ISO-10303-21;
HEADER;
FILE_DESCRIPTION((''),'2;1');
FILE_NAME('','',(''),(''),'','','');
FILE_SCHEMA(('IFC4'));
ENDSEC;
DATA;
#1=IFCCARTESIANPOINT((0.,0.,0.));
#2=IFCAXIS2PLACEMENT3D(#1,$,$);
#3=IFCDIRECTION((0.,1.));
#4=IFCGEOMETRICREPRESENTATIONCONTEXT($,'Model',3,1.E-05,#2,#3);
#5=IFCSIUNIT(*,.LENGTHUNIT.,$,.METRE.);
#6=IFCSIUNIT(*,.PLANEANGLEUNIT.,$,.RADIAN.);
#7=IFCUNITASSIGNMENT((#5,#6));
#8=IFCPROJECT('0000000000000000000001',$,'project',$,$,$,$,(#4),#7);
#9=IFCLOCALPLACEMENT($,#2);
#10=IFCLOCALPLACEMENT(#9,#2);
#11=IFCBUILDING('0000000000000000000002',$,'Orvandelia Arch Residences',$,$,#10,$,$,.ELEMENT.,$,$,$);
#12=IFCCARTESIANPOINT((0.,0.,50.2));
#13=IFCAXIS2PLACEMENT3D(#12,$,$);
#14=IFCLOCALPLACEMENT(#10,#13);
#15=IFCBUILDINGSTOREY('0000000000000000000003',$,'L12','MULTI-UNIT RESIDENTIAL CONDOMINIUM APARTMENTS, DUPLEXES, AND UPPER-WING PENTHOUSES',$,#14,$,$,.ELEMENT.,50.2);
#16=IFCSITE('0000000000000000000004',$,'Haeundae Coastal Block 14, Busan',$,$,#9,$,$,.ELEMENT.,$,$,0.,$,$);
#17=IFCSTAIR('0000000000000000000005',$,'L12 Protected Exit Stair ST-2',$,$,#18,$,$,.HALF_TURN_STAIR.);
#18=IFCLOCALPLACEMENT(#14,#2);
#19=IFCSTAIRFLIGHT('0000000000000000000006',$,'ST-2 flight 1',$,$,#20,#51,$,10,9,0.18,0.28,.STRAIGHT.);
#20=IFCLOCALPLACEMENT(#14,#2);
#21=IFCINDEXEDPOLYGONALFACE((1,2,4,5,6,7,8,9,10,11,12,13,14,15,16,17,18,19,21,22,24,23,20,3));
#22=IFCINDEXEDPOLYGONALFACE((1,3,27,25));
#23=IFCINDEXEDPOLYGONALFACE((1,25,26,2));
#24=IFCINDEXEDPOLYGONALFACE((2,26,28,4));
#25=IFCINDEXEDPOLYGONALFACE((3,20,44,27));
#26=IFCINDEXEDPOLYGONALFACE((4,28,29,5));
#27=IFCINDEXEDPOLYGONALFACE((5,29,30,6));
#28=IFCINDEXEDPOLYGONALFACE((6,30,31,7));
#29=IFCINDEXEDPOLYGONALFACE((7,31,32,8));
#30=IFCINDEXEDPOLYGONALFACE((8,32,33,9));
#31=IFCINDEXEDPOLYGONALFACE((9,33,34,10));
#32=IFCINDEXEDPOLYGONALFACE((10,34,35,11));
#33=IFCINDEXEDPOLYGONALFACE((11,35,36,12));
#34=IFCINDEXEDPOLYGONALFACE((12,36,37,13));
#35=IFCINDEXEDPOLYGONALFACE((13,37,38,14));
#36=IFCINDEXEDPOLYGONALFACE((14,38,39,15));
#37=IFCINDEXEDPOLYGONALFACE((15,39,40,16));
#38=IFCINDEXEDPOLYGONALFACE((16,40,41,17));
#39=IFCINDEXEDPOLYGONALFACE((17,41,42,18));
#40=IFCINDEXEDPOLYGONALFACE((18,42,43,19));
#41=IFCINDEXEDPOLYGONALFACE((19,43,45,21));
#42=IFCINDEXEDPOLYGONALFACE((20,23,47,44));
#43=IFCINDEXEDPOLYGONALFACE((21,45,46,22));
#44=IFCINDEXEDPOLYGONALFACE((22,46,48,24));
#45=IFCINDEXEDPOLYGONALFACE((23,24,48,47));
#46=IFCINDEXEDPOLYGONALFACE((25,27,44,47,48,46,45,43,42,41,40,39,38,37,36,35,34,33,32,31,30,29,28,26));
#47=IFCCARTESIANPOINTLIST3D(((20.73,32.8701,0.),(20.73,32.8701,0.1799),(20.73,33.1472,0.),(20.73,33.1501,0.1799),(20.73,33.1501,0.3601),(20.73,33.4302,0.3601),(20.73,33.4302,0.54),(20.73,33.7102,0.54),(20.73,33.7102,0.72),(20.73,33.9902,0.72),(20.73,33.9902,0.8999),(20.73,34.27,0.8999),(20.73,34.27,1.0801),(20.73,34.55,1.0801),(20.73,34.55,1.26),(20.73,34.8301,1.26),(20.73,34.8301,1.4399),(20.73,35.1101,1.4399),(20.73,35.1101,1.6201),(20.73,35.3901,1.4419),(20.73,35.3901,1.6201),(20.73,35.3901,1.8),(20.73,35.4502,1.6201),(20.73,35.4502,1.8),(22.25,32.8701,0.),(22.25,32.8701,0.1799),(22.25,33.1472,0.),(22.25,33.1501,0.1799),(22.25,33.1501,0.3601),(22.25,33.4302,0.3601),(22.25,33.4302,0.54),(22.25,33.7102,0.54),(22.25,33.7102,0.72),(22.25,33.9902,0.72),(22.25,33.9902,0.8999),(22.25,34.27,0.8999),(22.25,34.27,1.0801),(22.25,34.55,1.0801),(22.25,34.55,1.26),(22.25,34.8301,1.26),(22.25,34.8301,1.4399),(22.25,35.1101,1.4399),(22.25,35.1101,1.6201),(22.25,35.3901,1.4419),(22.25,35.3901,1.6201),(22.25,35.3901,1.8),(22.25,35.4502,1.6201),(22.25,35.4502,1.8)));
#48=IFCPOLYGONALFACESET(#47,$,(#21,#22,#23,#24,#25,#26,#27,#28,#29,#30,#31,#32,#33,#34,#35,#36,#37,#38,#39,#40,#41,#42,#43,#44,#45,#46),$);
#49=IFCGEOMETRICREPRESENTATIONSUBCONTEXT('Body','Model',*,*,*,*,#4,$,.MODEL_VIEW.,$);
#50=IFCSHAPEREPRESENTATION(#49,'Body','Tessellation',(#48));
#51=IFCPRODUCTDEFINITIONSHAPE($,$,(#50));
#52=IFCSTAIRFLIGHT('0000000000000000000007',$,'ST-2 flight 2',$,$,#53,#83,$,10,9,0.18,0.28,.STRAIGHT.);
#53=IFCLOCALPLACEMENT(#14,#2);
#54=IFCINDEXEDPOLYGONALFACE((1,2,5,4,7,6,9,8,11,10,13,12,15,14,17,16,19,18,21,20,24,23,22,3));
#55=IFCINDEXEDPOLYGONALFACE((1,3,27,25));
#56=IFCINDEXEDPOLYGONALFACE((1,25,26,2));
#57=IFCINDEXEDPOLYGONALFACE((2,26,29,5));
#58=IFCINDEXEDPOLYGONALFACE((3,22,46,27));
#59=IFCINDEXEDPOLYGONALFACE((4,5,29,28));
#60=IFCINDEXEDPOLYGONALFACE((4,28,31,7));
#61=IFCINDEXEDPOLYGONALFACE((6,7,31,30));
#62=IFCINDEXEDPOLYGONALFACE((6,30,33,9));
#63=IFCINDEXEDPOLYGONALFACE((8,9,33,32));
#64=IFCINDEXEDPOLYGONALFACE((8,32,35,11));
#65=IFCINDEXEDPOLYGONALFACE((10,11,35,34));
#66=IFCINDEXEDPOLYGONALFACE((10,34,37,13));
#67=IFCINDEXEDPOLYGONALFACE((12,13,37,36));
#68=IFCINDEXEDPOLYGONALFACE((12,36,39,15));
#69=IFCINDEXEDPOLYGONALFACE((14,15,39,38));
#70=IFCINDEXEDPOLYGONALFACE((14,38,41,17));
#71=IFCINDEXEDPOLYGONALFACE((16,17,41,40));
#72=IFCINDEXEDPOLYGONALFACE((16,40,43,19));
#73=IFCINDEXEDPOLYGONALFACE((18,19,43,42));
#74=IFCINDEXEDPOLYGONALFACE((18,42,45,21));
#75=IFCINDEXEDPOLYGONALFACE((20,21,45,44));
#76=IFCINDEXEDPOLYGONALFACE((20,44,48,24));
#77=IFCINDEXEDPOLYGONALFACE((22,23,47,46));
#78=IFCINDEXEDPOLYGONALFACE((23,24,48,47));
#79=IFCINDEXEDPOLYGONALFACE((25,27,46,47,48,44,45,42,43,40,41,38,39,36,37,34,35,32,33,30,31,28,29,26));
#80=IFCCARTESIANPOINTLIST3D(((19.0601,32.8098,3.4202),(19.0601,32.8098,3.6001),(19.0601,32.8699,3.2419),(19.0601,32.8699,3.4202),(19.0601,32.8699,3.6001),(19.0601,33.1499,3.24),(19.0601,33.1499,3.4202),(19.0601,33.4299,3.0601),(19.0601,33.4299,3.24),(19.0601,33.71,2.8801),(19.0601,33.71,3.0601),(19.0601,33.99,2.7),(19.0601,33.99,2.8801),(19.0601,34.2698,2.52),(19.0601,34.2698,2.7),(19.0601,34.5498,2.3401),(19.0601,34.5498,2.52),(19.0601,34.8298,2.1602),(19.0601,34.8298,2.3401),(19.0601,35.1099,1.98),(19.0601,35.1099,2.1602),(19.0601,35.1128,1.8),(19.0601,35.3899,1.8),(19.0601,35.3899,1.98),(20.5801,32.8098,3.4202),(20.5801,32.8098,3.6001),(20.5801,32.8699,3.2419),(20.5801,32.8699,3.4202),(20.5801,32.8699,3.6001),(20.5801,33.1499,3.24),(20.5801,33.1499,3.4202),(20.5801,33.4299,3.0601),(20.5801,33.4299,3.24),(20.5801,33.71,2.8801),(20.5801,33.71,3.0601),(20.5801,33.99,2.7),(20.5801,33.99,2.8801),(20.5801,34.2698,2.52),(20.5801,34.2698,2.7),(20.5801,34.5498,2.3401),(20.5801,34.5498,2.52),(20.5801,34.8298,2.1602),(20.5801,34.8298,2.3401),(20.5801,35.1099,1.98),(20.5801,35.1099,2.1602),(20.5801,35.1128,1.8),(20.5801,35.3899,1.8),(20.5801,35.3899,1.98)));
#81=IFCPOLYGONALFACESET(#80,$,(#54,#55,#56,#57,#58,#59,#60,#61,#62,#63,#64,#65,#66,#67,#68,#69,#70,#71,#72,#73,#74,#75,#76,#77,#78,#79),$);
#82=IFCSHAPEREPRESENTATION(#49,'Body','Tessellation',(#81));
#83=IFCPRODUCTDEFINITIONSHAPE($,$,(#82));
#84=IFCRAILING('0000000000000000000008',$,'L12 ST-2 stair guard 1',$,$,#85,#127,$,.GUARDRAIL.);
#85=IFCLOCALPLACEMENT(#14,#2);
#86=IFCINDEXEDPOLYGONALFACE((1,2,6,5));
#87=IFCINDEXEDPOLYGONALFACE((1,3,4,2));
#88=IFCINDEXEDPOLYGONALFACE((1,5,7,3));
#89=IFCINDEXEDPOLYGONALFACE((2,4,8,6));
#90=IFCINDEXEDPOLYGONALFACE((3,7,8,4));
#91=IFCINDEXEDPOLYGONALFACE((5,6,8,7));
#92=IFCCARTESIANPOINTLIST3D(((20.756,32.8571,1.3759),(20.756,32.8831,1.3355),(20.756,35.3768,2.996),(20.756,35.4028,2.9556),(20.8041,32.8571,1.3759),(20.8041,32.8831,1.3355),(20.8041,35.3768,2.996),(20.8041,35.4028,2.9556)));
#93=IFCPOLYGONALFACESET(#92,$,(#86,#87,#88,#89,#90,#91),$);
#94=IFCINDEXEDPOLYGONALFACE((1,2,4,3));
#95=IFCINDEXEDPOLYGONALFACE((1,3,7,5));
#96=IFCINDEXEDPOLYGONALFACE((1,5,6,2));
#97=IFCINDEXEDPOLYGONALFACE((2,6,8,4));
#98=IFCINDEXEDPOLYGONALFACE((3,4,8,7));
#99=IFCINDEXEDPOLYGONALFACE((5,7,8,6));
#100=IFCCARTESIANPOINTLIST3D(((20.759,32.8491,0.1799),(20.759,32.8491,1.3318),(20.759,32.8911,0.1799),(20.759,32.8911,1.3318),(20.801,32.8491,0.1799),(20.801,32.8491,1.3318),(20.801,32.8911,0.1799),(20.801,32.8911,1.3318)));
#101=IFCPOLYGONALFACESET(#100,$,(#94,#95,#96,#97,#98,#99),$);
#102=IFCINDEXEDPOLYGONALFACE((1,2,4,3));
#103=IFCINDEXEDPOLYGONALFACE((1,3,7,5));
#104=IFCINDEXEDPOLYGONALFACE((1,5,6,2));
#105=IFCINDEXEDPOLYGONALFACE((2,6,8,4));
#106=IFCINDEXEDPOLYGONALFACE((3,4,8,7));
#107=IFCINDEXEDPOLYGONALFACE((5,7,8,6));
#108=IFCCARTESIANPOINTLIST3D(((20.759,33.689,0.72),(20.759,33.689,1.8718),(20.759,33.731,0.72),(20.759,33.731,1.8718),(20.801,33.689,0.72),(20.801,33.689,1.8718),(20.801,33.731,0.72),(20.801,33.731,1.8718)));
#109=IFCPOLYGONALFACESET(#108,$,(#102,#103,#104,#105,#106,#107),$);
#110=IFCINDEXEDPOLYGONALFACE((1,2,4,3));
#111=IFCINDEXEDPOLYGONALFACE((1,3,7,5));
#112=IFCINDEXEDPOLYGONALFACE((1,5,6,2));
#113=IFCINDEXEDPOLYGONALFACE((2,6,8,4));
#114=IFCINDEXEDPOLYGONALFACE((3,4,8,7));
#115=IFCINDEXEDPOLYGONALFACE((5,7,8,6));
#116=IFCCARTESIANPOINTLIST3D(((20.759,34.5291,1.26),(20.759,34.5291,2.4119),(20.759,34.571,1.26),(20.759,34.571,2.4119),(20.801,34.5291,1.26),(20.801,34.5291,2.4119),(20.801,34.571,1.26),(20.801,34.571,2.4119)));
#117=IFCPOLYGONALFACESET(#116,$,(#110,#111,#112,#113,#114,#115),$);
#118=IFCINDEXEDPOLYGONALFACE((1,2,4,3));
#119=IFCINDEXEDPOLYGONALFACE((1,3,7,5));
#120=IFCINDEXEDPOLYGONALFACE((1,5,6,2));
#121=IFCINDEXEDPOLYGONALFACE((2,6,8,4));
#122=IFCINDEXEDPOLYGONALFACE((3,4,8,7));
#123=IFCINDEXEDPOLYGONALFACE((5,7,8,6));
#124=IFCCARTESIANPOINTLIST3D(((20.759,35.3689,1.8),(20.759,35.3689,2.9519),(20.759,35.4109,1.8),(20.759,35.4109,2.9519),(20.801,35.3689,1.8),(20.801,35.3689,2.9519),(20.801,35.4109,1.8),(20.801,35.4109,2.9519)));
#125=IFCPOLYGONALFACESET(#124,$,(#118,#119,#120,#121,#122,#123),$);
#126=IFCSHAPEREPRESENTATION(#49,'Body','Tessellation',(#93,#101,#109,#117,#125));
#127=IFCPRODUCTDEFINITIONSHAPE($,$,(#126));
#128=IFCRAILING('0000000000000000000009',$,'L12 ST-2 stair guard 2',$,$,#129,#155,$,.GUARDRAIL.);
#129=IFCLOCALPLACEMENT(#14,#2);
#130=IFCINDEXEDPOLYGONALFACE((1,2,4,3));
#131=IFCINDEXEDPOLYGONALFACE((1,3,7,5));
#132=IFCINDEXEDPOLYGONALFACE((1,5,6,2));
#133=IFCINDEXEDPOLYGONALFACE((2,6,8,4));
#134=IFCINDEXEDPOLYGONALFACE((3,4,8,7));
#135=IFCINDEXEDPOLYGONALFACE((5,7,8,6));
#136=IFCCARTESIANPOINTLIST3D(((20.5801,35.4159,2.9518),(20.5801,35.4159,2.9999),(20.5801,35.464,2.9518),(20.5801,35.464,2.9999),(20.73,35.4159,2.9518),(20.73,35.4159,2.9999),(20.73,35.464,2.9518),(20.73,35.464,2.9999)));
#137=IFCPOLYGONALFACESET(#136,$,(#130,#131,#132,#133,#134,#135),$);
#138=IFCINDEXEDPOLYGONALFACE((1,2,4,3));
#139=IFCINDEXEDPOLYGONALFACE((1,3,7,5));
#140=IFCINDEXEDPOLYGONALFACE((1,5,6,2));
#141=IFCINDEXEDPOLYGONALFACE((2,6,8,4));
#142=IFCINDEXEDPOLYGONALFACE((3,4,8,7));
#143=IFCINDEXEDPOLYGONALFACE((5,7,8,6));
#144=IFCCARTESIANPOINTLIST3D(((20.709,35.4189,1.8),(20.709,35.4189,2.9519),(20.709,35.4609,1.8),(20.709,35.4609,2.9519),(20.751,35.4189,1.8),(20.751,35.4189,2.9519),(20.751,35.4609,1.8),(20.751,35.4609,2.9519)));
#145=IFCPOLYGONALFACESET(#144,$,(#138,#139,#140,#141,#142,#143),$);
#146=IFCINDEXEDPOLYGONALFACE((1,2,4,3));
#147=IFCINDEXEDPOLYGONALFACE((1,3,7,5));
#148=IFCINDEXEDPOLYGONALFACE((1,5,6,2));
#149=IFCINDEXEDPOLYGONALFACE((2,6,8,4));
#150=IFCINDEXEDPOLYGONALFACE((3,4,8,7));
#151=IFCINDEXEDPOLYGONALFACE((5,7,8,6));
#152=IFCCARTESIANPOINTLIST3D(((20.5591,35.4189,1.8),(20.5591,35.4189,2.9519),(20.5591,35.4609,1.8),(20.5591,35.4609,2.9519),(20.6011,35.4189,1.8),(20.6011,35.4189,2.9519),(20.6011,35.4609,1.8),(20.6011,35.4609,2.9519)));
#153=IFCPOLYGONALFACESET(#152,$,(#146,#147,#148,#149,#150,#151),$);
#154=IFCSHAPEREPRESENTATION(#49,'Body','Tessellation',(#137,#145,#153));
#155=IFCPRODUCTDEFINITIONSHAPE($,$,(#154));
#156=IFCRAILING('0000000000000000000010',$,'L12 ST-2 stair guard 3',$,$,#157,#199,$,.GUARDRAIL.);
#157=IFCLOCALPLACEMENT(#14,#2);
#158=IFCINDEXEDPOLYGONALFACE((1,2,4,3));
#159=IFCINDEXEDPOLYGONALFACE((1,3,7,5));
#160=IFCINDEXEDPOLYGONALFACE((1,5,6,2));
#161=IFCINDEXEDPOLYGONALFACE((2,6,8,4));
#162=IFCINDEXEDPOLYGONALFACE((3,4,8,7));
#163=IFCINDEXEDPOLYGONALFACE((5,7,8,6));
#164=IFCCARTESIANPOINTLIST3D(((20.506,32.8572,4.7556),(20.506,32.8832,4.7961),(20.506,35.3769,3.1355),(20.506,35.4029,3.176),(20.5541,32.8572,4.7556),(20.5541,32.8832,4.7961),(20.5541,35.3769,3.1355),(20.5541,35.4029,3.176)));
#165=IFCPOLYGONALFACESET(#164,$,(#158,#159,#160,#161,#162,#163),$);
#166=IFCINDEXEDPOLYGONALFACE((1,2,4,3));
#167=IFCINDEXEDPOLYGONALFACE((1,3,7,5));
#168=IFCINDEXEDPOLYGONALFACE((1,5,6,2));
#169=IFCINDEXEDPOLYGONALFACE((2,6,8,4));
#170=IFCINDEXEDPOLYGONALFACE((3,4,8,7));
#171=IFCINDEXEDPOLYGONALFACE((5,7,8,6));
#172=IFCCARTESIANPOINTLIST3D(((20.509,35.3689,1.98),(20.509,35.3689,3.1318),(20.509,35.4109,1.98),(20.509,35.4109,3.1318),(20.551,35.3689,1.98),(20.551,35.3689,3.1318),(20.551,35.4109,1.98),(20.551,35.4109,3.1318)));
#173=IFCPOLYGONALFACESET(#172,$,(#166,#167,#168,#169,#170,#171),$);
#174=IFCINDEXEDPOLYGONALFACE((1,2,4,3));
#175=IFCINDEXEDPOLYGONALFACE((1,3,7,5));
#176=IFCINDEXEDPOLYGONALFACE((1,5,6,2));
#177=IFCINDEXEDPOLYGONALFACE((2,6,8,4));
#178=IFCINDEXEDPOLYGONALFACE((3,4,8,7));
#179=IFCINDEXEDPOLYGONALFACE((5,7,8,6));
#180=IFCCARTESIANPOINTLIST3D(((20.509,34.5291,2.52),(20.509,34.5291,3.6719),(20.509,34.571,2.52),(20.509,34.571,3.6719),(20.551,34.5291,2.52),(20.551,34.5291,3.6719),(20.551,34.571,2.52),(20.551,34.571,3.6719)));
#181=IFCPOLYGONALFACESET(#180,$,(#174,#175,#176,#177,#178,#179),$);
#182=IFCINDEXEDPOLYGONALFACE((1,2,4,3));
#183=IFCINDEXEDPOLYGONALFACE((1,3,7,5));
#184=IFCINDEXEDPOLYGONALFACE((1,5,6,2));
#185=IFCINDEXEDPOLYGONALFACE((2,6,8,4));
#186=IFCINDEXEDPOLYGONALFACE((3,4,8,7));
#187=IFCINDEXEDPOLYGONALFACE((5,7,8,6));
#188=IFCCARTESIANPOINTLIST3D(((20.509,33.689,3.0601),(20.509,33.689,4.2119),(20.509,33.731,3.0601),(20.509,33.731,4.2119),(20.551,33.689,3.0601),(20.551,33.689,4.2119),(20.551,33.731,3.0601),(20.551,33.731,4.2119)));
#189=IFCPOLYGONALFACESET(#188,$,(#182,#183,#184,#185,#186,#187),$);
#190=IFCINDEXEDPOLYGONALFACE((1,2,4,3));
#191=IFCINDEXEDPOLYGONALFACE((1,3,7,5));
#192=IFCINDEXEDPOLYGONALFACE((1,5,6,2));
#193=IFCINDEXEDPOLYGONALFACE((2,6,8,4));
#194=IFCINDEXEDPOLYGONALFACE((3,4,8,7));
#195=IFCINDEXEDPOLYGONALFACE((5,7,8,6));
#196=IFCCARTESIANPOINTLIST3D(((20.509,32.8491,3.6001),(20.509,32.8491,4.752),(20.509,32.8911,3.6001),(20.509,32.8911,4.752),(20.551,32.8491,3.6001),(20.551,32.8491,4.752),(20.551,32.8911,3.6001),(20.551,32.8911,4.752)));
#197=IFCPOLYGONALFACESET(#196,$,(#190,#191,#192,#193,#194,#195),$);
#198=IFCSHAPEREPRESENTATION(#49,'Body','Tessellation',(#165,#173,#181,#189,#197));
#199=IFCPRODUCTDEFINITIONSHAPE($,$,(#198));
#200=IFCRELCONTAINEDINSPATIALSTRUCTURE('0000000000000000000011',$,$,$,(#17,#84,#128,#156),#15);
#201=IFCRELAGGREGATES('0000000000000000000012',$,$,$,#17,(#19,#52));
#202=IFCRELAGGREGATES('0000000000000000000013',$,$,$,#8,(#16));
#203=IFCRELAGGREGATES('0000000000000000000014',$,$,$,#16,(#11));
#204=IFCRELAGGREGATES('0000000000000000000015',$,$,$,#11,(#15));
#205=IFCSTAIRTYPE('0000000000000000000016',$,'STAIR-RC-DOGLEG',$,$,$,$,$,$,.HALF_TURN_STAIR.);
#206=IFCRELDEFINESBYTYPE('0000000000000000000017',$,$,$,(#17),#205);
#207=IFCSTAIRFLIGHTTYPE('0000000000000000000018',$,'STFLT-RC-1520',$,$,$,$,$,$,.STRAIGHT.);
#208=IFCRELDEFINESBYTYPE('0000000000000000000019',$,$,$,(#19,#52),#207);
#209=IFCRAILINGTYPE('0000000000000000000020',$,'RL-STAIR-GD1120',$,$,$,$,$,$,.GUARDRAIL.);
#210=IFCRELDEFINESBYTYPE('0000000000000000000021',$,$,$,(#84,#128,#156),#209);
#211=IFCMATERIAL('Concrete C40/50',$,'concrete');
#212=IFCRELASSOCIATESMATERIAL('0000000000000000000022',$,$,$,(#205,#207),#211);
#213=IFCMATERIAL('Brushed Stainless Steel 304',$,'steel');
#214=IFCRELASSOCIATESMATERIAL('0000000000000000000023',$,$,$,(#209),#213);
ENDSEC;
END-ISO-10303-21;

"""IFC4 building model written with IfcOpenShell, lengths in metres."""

from ifc_helpers import new_model, si_unit, direction, frame, origin, origin_2d, place, context, subcontext, project, spatial, polyline, rectangle, outline, extrude, material, type_object, element, aggregate, save


model = new_model("IFC4")

# Units and contexts
model_context = context("Model", 3, precision=1e-05, world=origin(), true_north=direction((0.0, 1.0)))
body_context = subcontext(model_context, "Body", "Model", "MODEL_VIEW")
ifc_project = project(units=[si_unit("LENGTHUNIT", "METRE"), si_unit("PLANEANGLEUNIT", "RADIAN")], contexts=[model_context])

# Site, building, storey
site_placement = place(None, origin())
site = spatial("IfcSite", under=ifc_project, at=site_placement, Name="Haeundae Coastal Block 14, Busan", CompositionType="ELEMENT", RefElevation=0.0)
building_placement = place(site_placement, origin())
building = spatial("IfcBuilding", under=site, at=building_placement, Name="Orvandelia Arch Residences", CompositionType="ELEMENT")
storey_placement = place(building_placement, frame((0.0, 0.0, 50.2)))
storey = spatial("IfcBuildingStorey", under=building, at=storey_placement, Name="L12", Description="MULTI-UNIT RESIDENTIAL CONDOMINIUM APARTMENTS, DUPLEXES, AND UPPER-WING PENTHOUSES", CompositionType="ELEMENT", Elevation=50.2)

# Stair, stair flights
ifc_material_1 = material(Name="Concrete C40/50", Category="concrete")
stair_type = type_object("IfcStairType", Name="STAIR-RC-DOGLEG", PredefinedType="HALF_TURN_STAIR", material=ifc_material_1)
stair_placement = place(storey_placement, origin())
stair = element("IfcStair", 1, at=stair_placement, inside=storey, type_object=stair_type, Name="L12 Protected Exit Stair ST-2", PredefinedType="HALF_TURN_STAIR")
stair_flight_type = type_object("IfcStairFlightType", Name="STFLT-RC-1520", PredefinedType="STRAIGHT", material=ifc_material_1)
stair_flight_1_placement = place(storey_placement, frame((21.49, 32.8701, 0.0), z_axis=(0.0, 0.0, 1.0), x_axis=(0.0, 1.0, 0.0)))
stair_flight_1 = element("IfcStairFlight", 2, at=stair_flight_1_placement, type_object=stair_flight_type, Name="ST-2 flight 1", NumberOfRisers=10, NumberOfTreads=9, PredefinedType="STRAIGHT", RiserHeight=0.18, TreadLength=0.28, context=body_context, shape_type="SweptSolid", body=[
    extrude(outline(polyline([(0.0, 0.0), (0.0, 0.1799), (0.28, 0.1799), (0.28, 0.3601), (0.5601, 0.3601), (0.5601, 0.54), (0.8401, 0.54), (0.8401, 0.72), (1.1201, 0.72), (1.1201, 0.8999), (1.3999, 0.8999), (1.3999, 1.0801), (1.6799, 1.0801), (1.6799, 1.26), (1.96, 1.26), (1.96, 1.4399), (2.24, 1.4399), (2.24, 1.6201), (2.52, 1.6201), (2.52, 1.8), (2.5801, 1.8), (2.5801, 1.6201), (2.52, 1.4419), (0.2771, 0.0), (0.0, 0.0)])), frame((0.0, 0.76, 0.0), z_axis=(0.0, -1.0, 0.0), x_axis=(1.0, 0.0, 0.0)), (0.0, 0.0, 1.0), 1.52),
])
stair_flight_2_placement = place(storey_placement, frame((19.8201, 35.3899, 1.8), z_axis=(0.0, 0.0, 1.0), x_axis=(0.0, -1.0, 0.0)))
stair_flight_2 = element("IfcStairFlight", 3, at=stair_flight_2_placement, type_object=stair_flight_type, Name="ST-2 flight 2", NumberOfRisers=10, NumberOfTreads=9, PredefinedType="STRAIGHT", RiserHeight=0.18, TreadLength=0.28, context=body_context, shape_type="SweptSolid", body=[
    extrude(outline(polyline([(0.0, 0.0), (0.0, 0.1799), (0.28, 0.1799), (0.28, 0.3601), (0.5601, 0.3601), (0.5601, 0.54), (0.8401, 0.54), (0.8401, 0.72), (1.1201, 0.72), (1.1201, 0.8999), (1.3999, 0.8999), (1.3999, 1.0801), (1.6799, 1.0801), (1.6799, 1.26), (1.96, 1.26), (1.96, 1.4399), (2.24, 1.4399), (2.24, 1.6201), (2.52, 1.6201), (2.52, 1.8), (2.5801, 1.8), (2.5801, 1.6201), (2.52, 1.4419), (0.2771, 0.0), (0.0, 0.0)])), frame((0.0, 0.76, 0.0), z_axis=(0.0, -1.0, 0.0), x_axis=(1.0, 0.0, 0.0)), (0.0, 0.0, 1.0), 1.52),
])
aggregate(stair, [stair_flight_1, stair_flight_2])

# Railings
ifc_material_2 = material(Name="Brushed Stainless Steel 304", Category="steel")
railing_type_1 = type_object("IfcRailingType", Name="RL-STAIR-GD1120", PredefinedType="GUARDRAIL", material=ifc_material_2)
railing_1_placement = place(storey_placement, frame((20.78, 32.8701, 0.1799)))
element("IfcRailing", 4, at=railing_1_placement, inside=storey, type_object=railing_type_1, Name="L12 ST-2 stair guard 1", PredefinedType="GUARDRAIL", context=body_context, shape_type="SweptSolid", body=[
    extrude(rectangle(XDim=0.0481, YDim=0.0481, at=origin_2d()), frame((0.0, 0.0, 1.1758), z_axis=(0.0, 0.841139, 0.540819), x_axis=(-1.0, 0.0, 0.0)), (0.0, 0.0, 1.0), 2.9956),
    extrude(rectangle(XDim=0.042, YDim=0.042, at=origin_2d()), origin(), (0.0, 0.0, 1.0), 1.1519),
    extrude(rectangle(XDim=0.042, YDim=0.042, at=origin_2d()), frame((0.0, 0.8398, 0.54)), (0.0, 0.0, 1.0), 1.1519),
    extrude(rectangle(XDim=0.042, YDim=0.042, at=origin_2d()), frame((0.0, 1.6799, 1.0801)), (0.0, 0.0, 1.0), 1.1519),
    extrude(rectangle(XDim=0.042, YDim=0.042, at=origin_2d()), frame((0.0, 2.5198, 1.6201)), (0.0, 0.0, 1.0), 1.1519),
])
railing_2_placement = place(storey_placement, frame((20.73, 35.4399, 1.8)))
element("IfcRailing", 5, at=railing_2_placement, inside=storey, type_object=railing_type_1, Name="L12 ST-2 stair guard 2", PredefinedType="GUARDRAIL", context=body_context, shape_type="SweptSolid", body=[
    extrude(rectangle(XDim=0.0481, YDim=0.0481, at=origin_2d()), frame((0.0, 0.0, 1.1758), z_axis=(-1.0, 0.0, 0.0), x_axis=(0.0, -1.0, 0.0)), (0.0, 0.0, 1.0), 0.1499),
    extrude(rectangle(XDim=0.042, YDim=0.042, at=origin_2d()), origin(), (0.0, 0.0, 1.0), 1.1519),
    extrude(rectangle(XDim=0.042, YDim=0.042, at=origin_2d()), frame((-0.1499, 0.0, 0.0)), (0.0, 0.0, 1.0), 1.1519),
])
railing_3_placement = place(storey_placement, frame((20.53, 35.3899, 1.98)))
element("IfcRailing", 6, at=railing_3_placement, inside=storey, type_object=railing_type_1, Name="L12 ST-2 stair guard 3", PredefinedType="GUARDRAIL", context=body_context, shape_type="SweptSolid", body=[
    extrude(rectangle(XDim=0.0481, YDim=0.0481, at=origin_2d()), frame((0.0, 0.0, 1.1758), z_axis=(0.0, -0.841139, 0.540819), x_axis=(1.0, 0.0, 0.0)), (0.0, 0.0, 1.0), 2.9956),
    extrude(rectangle(XDim=0.042, YDim=0.042, at=origin_2d()), origin(), (0.0, 0.0, 1.0), 1.1519),
    extrude(rectangle(XDim=0.042, YDim=0.042, at=origin_2d()), frame((0.0, -0.8398, 0.54)), (0.0, 0.0, 1.0), 1.1519),
    extrude(rectangle(XDim=0.042, YDim=0.042, at=origin_2d()), frame((0.0, -1.6799, 1.0801)), (0.0, 0.0, 1.0), 1.1519),
    extrude(rectangle(XDim=0.042, YDim=0.042, at=origin_2d()), frame((0.0, -2.5198, 1.6201)), (0.0, 0.0, 1.0), 1.1519),
])

save(model, "model.ifc")
